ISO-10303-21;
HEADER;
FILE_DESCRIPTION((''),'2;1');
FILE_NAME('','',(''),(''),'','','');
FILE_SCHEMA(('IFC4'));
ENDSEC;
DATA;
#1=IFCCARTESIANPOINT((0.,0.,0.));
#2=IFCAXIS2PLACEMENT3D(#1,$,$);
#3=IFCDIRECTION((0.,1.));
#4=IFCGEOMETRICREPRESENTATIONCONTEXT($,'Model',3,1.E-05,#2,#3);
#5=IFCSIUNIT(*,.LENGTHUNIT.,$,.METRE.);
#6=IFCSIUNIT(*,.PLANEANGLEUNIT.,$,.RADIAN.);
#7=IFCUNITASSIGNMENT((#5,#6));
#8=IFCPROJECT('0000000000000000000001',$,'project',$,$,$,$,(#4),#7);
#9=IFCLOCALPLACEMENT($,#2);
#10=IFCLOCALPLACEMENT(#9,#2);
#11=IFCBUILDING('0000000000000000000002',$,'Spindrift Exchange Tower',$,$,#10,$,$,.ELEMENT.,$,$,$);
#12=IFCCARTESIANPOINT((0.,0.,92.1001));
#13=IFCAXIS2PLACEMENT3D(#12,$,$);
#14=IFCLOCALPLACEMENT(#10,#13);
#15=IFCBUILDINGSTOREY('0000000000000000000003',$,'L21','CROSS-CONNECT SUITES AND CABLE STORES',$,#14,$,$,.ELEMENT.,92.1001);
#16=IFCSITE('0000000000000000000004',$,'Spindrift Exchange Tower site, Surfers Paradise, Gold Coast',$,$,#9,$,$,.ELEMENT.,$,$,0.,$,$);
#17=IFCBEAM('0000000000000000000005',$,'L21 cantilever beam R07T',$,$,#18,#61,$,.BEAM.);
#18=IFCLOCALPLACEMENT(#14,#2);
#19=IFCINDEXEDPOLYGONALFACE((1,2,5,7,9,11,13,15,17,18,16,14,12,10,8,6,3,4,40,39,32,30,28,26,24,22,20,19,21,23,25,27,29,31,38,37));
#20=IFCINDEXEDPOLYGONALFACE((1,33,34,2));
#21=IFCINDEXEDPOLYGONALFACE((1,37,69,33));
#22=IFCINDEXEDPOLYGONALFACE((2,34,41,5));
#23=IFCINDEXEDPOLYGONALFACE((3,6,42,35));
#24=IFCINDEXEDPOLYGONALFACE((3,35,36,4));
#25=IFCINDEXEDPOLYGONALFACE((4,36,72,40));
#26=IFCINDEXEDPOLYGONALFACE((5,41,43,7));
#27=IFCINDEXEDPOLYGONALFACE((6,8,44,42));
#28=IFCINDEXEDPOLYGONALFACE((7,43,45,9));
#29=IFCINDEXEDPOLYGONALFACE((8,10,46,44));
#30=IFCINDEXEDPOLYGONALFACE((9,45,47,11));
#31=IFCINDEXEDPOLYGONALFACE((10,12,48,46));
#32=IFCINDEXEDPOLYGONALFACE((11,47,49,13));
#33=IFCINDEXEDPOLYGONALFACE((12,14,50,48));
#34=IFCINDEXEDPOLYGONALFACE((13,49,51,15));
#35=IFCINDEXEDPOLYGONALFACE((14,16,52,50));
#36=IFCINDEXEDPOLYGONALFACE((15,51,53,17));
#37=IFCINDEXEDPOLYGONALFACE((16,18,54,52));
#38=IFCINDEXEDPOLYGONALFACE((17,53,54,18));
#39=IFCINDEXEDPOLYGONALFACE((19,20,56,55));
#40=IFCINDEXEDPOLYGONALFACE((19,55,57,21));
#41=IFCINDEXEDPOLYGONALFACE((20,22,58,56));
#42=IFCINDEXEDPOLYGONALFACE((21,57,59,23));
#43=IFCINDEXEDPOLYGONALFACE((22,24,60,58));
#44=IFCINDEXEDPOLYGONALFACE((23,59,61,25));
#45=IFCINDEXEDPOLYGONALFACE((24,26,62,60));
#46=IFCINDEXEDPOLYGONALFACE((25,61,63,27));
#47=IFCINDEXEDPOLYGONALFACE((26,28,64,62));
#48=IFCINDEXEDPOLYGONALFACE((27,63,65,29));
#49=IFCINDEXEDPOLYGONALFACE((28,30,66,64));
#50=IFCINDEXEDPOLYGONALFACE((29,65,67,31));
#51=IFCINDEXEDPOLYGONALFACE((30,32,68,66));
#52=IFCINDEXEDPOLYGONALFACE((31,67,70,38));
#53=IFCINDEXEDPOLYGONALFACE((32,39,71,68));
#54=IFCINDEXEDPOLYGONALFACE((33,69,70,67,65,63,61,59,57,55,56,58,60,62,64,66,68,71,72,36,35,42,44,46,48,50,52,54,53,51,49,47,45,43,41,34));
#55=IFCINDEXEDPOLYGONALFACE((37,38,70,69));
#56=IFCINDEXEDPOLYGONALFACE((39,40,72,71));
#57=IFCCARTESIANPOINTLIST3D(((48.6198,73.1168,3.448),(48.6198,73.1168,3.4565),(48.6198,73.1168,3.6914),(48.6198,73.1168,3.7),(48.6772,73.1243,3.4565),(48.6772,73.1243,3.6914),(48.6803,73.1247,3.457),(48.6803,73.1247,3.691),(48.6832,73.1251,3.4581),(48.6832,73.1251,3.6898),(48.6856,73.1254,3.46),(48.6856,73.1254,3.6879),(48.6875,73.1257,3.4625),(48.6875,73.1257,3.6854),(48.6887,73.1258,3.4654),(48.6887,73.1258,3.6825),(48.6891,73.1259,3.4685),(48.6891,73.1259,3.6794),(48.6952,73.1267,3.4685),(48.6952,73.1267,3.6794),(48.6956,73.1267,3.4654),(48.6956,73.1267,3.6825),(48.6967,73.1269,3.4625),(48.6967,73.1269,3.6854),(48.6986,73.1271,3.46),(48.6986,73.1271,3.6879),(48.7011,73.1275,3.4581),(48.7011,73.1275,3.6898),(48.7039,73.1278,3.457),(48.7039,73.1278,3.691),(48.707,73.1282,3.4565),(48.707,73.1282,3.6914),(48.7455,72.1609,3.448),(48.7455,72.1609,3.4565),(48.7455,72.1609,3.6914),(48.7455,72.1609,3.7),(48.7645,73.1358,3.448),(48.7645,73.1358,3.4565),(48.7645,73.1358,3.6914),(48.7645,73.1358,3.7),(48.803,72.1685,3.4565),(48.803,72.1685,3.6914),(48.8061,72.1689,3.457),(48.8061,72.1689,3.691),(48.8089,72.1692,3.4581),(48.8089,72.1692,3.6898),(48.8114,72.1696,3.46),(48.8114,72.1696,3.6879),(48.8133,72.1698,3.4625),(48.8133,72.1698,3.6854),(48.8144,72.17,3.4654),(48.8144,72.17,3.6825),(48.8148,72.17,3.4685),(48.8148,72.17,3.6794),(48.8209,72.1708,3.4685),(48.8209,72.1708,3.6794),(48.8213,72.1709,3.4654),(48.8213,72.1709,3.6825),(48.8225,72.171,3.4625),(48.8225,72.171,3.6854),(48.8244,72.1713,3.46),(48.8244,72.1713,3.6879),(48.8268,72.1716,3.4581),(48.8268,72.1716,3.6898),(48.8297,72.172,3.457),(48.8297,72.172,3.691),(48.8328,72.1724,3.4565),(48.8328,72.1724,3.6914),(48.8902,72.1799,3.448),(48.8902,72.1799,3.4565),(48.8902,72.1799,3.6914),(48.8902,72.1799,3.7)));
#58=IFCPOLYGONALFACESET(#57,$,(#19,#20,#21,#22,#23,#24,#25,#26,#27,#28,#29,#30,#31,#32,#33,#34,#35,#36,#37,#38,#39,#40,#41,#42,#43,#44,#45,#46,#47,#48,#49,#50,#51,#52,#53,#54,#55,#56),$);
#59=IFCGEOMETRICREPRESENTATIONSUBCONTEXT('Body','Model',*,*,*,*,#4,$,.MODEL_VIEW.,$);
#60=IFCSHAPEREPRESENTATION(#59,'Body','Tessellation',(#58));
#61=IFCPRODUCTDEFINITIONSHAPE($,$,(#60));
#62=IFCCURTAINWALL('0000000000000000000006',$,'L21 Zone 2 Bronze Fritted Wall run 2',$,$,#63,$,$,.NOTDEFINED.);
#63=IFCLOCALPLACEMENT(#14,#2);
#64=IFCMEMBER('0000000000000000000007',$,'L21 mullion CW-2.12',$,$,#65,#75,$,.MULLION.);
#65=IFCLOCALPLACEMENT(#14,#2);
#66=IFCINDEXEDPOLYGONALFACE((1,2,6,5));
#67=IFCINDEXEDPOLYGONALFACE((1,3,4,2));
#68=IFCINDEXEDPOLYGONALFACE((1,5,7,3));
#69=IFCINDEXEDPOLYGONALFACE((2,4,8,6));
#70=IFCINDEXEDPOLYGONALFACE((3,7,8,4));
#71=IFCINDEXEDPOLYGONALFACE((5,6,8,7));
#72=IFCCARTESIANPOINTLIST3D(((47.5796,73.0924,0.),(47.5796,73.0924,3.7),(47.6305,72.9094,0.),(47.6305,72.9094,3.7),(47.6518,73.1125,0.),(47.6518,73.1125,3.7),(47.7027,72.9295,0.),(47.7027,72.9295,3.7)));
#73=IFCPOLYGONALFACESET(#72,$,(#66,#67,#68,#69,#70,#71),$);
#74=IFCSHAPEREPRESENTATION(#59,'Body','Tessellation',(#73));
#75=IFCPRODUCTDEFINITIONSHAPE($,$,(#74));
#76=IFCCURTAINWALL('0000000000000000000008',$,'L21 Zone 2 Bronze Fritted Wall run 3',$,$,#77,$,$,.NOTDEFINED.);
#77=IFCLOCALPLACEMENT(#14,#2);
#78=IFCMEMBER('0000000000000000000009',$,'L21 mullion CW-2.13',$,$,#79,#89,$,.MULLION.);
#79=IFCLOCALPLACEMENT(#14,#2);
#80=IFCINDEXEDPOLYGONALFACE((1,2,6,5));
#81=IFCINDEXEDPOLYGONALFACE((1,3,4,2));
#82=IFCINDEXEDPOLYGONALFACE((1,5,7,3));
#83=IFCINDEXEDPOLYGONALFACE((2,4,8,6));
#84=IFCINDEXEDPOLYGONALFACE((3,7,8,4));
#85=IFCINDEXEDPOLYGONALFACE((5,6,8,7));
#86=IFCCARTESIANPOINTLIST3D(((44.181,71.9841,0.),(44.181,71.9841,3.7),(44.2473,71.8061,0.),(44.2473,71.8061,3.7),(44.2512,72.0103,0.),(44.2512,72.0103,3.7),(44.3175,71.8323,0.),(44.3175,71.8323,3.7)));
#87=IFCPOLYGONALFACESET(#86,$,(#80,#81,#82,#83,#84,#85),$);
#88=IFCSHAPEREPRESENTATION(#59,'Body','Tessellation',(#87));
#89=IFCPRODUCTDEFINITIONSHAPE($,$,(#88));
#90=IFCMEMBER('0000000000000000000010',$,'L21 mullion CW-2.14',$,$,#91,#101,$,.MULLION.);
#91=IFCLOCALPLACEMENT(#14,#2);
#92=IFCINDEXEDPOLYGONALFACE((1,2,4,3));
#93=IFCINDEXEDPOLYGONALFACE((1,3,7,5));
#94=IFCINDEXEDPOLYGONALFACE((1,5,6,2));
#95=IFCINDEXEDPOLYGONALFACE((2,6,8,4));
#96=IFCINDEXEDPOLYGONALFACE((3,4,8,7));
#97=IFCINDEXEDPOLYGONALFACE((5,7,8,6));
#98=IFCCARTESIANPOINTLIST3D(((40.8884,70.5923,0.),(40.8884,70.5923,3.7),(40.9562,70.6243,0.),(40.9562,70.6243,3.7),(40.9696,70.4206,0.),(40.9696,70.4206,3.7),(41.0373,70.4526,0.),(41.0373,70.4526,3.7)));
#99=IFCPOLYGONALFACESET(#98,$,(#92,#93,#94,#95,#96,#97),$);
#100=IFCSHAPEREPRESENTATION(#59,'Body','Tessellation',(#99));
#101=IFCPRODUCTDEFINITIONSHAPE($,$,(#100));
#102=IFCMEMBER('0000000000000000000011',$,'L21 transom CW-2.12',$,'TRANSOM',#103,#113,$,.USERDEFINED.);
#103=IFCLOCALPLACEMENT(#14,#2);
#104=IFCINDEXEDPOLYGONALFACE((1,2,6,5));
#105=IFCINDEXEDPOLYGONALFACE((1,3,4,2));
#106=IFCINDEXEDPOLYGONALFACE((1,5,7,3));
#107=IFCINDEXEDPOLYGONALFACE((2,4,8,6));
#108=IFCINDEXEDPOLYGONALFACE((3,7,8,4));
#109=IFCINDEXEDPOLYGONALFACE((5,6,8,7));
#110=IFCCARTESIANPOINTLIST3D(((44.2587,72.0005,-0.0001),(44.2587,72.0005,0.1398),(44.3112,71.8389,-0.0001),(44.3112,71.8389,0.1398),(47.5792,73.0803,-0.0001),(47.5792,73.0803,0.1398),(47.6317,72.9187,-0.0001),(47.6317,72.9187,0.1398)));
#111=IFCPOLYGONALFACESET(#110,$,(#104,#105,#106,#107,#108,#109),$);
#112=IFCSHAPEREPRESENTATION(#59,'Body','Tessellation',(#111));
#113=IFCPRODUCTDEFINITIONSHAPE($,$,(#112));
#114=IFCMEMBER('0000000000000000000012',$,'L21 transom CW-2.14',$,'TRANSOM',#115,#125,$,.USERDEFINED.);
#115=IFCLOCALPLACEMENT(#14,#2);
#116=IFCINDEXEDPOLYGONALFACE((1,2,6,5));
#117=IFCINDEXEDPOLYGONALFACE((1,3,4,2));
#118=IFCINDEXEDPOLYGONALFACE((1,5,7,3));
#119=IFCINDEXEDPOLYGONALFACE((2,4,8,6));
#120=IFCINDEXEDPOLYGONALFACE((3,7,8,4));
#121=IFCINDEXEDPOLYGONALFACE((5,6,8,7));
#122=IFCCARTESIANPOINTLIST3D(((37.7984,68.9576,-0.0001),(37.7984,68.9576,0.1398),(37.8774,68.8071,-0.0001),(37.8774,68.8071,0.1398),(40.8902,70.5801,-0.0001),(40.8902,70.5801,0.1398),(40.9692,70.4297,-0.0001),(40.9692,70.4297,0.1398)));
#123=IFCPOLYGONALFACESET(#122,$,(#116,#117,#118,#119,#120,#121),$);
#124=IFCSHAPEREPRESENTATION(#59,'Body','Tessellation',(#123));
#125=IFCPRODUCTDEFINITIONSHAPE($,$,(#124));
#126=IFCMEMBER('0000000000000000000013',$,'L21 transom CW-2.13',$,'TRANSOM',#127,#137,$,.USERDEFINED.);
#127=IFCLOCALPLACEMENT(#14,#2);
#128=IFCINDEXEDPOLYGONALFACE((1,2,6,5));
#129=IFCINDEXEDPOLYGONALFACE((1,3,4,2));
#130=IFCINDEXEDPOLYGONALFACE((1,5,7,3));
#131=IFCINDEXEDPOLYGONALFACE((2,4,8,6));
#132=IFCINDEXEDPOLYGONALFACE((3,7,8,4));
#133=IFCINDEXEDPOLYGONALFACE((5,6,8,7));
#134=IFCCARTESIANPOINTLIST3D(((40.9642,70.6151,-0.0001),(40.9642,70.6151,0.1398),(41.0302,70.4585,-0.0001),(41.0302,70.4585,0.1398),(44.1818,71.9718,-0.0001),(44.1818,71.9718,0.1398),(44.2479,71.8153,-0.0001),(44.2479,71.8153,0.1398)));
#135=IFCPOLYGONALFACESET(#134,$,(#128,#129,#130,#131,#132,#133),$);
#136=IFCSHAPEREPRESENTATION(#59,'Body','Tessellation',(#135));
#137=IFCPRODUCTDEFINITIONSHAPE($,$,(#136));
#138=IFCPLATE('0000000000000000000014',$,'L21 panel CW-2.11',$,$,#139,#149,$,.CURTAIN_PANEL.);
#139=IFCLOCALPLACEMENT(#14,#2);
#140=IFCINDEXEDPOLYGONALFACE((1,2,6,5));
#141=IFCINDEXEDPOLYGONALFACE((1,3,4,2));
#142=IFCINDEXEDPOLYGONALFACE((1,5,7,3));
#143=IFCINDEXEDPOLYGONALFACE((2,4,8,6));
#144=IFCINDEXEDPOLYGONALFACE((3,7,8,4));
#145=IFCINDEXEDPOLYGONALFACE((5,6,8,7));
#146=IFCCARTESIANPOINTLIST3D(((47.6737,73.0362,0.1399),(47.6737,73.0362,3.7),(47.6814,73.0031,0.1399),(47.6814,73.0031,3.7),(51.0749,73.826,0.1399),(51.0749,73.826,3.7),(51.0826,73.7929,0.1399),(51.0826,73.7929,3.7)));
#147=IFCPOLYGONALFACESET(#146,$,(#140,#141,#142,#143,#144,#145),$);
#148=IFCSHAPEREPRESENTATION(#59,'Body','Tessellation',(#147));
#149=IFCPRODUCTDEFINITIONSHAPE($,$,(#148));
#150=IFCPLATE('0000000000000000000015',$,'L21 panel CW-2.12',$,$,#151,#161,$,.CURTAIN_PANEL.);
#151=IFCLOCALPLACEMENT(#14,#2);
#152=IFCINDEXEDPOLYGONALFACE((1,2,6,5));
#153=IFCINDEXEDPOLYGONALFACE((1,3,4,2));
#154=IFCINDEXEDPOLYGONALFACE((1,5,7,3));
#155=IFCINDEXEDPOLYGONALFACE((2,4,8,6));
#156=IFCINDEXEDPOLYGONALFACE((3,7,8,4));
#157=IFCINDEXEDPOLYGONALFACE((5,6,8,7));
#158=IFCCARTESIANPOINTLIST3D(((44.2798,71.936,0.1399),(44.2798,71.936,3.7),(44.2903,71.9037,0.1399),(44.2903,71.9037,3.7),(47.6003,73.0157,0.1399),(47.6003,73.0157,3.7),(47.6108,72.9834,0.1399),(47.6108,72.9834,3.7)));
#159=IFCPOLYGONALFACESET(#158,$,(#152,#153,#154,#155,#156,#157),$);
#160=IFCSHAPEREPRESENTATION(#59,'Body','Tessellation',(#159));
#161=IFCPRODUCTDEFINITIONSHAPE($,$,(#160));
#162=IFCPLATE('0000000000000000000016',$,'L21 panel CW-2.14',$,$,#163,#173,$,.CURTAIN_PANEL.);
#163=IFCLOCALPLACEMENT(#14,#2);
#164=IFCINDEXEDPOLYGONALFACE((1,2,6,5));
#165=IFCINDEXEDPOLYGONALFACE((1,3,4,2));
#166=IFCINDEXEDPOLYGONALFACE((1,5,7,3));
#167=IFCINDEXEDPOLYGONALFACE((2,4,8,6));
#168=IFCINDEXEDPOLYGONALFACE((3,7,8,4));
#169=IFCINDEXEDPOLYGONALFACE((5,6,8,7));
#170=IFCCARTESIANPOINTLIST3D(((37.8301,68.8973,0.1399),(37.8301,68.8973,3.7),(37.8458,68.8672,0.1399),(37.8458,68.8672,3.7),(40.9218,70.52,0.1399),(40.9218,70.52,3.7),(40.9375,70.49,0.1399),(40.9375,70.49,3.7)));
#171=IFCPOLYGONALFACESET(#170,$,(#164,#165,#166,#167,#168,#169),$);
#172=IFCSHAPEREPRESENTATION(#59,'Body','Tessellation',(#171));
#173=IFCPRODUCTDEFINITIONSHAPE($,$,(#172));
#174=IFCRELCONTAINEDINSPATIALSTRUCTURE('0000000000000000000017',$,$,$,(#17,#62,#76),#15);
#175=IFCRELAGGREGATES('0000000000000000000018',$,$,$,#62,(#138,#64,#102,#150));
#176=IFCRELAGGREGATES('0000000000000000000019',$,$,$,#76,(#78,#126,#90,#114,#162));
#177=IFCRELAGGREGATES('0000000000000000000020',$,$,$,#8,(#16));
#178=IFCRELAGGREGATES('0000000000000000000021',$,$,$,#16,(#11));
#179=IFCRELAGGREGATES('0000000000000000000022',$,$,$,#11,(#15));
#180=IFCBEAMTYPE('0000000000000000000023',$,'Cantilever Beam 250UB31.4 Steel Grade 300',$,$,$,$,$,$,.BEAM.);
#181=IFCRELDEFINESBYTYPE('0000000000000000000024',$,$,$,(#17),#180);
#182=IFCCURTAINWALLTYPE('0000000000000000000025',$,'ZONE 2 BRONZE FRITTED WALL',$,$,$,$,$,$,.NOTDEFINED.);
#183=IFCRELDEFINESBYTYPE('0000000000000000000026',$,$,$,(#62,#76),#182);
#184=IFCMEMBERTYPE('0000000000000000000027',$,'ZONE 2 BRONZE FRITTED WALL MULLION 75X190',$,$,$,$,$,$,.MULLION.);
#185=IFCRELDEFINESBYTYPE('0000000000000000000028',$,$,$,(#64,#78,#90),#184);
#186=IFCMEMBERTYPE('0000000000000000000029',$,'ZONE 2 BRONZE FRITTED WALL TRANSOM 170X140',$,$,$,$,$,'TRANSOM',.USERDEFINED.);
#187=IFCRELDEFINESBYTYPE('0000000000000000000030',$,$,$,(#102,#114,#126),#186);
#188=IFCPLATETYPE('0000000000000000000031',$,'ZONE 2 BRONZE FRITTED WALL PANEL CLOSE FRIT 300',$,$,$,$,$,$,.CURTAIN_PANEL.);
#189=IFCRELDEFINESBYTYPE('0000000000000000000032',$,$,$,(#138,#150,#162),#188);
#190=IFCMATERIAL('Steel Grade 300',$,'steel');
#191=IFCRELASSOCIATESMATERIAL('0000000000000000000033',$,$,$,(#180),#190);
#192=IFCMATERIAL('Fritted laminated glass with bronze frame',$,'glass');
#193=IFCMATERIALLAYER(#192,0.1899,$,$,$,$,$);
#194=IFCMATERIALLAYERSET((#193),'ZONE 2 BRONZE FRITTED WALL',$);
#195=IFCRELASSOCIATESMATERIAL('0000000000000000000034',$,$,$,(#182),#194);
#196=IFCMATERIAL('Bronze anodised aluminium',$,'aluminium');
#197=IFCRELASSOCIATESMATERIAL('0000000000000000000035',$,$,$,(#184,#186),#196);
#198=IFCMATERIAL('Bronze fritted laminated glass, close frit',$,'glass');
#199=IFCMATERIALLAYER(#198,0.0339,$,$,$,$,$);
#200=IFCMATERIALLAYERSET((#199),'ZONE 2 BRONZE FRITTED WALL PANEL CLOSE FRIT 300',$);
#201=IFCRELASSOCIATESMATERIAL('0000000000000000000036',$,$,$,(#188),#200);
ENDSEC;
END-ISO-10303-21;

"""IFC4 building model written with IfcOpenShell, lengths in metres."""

from ifc_helpers import new_model, si_unit, direction, frame, origin, origin_2d, place, context, subcontext, project, spatial, rectangle, i_section, extrude, source, transform, mapped, material, layer, layer_set, material_profile, profile_set, type_object, element, aggregate, save


model = new_model("IFC4")

# Units and contexts
model_context = context("Model", 3, precision=1e-05, world=origin(), true_north=direction((0.0, 1.0)))
body_context = subcontext(model_context, "Body", "Model", "MODEL_VIEW")
ifc_project = project(units=[si_unit("LENGTHUNIT", "METRE"), si_unit("PLANEANGLEUNIT", "RADIAN")], contexts=[model_context])

# Site, building, storey
site_placement = place(None, origin())
site = spatial("IfcSite", under=ifc_project, at=site_placement, Name="Spindrift Exchange Tower site, Surfers Paradise, Gold Coast", CompositionType="ELEMENT", RefElevation=0.0)
building_placement = place(site_placement, origin())
building = spatial("IfcBuilding", under=site, at=building_placement, Name="Spindrift Exchange Tower", CompositionType="ELEMENT")
storey_placement = place(building_placement, frame((0.0, 0.0, 92.1001)))
storey = spatial("IfcBuildingStorey", under=building, at=storey_placement, Name="L21", Description="CROSS-CONNECT SUITES AND CABLE STORES", CompositionType="ELEMENT", Elevation=92.1001)

# Beam
ifc_material_1 = material(Name="Steel Grade 300", Category="steel")
ifc_material_profile_1 = material_profile(ifc_material_1, i_section(OverallWidth=0.146, OverallDepth=0.252, WebThickness=0.0061, FlangeThickness=0.0085, FilletRadius=0.012, at=origin_2d()), Name="250UB31.4")
ifc_profile_set_1 = profile_set([ifc_material_profile_1], Name="Steel Grade 300")
beam_type_1 = type_object("IfcBeamType", Name="Cantilever Beam 250UB31.4 Steel Grade 300", PredefinedType="BEAM", material=ifc_profile_set_1)
shared_shape_1 = source(origin(), body_context, "Body", "SweptSolid", [
    extrude(i_section(OverallWidth=0.146, OverallDepth=0.252, WebThickness=0.0061, FlangeThickness=0.0085, FilletRadius=0.012, at=origin_2d()), origin(), (0.0, 0.0, 1.0), 0.9641),
])
beam_1_placement = place(storey_placement, frame((48.8179, 72.1704, 3.574), z_axis=(-0.130422, 0.991459, 0.0), x_axis=(-0.991459, -0.130422, 0.0)))
element("IfcBeam", 1, at=beam_1_placement, inside=storey, type_object=beam_type_1, Name="L21 cantilever beam R07T", PredefinedType="BEAM", context=body_context, shape_type="MappedRepresentation", body=[
    mapped(shared_shape_1, transform((0.0, 0.0, 0.0), scale=1.0)),
])

# Curtain wall, member
ifc_material_2 = material(Name="Fritted laminated glass with bronze frame", Category="glass")
ifc_layer_1 = layer(ifc_material_2, 0.1899)
ifc_layer_set_1 = layer_set([ifc_layer_1], Name="ZONE 2 BRONZE FRITTED WALL")
curtain_wall_type = type_object("IfcCurtainWallType", Name="ZONE 2 BRONZE FRITTED WALL", PredefinedType="NOTDEFINED", material=ifc_layer_set_1)
curtain_wall_1_placement = place(storey_placement, origin())
curtain_wall_1 = element("IfcCurtainWall", 2, at=curtain_wall_1_placement, inside=storey, type_object=curtain_wall_type, Name="L21 Zone 2 Bronze Fritted Wall run 2", PredefinedType="NOTDEFINED")
ifc_material_3 = material(Name="Bronze anodised aluminium", Category="aluminium")
ifc_material_profile_2 = material_profile(ifc_material_3, rectangle(XDim=0.075, YDim=0.1899, at=origin_2d()), Name="ZONE 2 BRONZE FRITTED WALL MULLION 75X190")
ifc_profile_set_2 = profile_set([ifc_material_profile_2], Name="Bronze anodised aluminium")
member_type_1 = type_object("IfcMemberType", Name="ZONE 2 BRONZE FRITTED WALL MULLION 75X190", PredefinedType="MULLION", material=ifc_profile_set_2)
shared_shape_2 = source(origin(), body_context, "Body", "SweptSolid", [
    extrude(rectangle(XDim=0.075, YDim=0.1899, at=origin_2d()), origin(), (0.0, 0.0, 1.0), 3.7),
])
member_1_placement = place(storey_placement, frame((47.6411, 73.011, 0.0), z_axis=(0.0, 0.0, 1.0), x_axis=(-0.963428, -0.267967, 0.0)))
member_1 = element("IfcMember", 3, at=member_1_placement, type_object=member_type_1, Name="L21 mullion CW-2.12", PredefinedType="MULLION", context=body_context, shape_type="MappedRepresentation", body=[
    mapped(shared_shape_2, transform((0.0, 0.0, 0.0), scale=1.0)),
])

# Curtain wall, members
curtain_wall_2_placement = place(storey_placement, origin())
curtain_wall_2 = element("IfcCurtainWall", 4, at=curtain_wall_2_placement, inside=storey, type_object=curtain_wall_type, Name="L21 Zone 2 Bronze Fritted Wall run 3", PredefinedType="NOTDEFINED")
member_2_placement = place(storey_placement, frame((44.2493, 71.9082, 0.0), z_axis=(0.0, 0.0, 1.0), x_axis=(-0.93705, -0.349195, 0.0)))
member_2 = element("IfcMember", 5, at=member_2_placement, type_object=member_type_1, Name="L21 mullion CW-2.13", PredefinedType="MULLION", context=body_context, shape_type="MappedRepresentation", body=[
    mapped(shared_shape_2, transform((0.0, 0.0, 0.0), scale=1.0)),
])
member_3_placement = place(storey_placement, frame((40.9629, 70.5225, 0.0), z_axis=(0.0, 0.0, 1.0), x_axis=(-0.904242, -0.42702, 0.0)))
member_3 = element("IfcMember", 6, at=member_3_placement, type_object=member_type_1, Name="L21 mullion CW-2.14", PredefinedType="MULLION", context=body_context, shape_type="MappedRepresentation", body=[
    mapped(shared_shape_2, transform((0.0, 0.0, 0.0), scale=1.0)),
])

# Members
ifc_material_profile_3 = material_profile(ifc_material_3, rectangle(XDim=0.1699, YDim=0.1399, at=origin_2d()), Name="ZONE 2 BRONZE FRITTED WALL TRANSOM 170X140")
ifc_profile_set_3 = profile_set([ifc_material_profile_3], Name="Bronze anodised aluminium")
member_type_2 = type_object("IfcMemberType", Name="ZONE 2 BRONZE FRITTED WALL TRANSOM 170X140", ElementType="TRANSOM", PredefinedType="USERDEFINED", material=ifc_profile_set_3)
shared_shape_3 = source(origin(), body_context, "Body", "SweptSolid", [
    extrude(rectangle(XDim=0.1699, YDim=0.1399, at=origin_2d()), origin(), (0.0, 0.0, 1.0), 3.4917),
])
member_4_placement = place(storey_placement, frame((47.6055, 72.9995, 0.0698), z_axis=(-0.950979, -0.309255, 0.0), x_axis=(0.309255, -0.950979, 0.0)))
member_4 = element("IfcMember", 7, at=member_4_placement, type_object=member_type_2, Name="L21 transom CW-2.12", ObjectType="TRANSOM", PredefinedType="USERDEFINED", context=body_context, shape_type="MappedRepresentation", body=[
    mapped(shared_shape_3, transform((0.0, 0.0, 0.0), scale=1.0)),
])
member_5_placement = place(storey_placement, frame((40.9297, 70.5049, 0.0698), z_axis=(-0.885473, -0.464691, 0.0), x_axis=(0.464691, -0.885473, 0.0)))
member_5 = element("IfcMember", 8, at=member_5_placement, type_object=member_type_2, Name="L21 transom CW-2.14", ObjectType="TRANSOM", PredefinedType="USERDEFINED", context=body_context, shape_type="MappedRepresentation", body=[
    mapped(shared_shape_3, transform((0.0, 0.0, 0.0), scale=1.0)),
])
shared_shape_4 = source(origin(), body_context, "Body", "SweptSolid", [
    extrude(rectangle(XDim=0.1699, YDim=0.1399, at=origin_2d()), origin(), (0.0, 0.0, 1.0), 3.4919),
])
member_6_placement = place(storey_placement, frame((44.2148, 71.8936, 0.0698), z_axis=(-0.921437, -0.388529, 0.0), x_axis=(0.388529, -0.921437, 0.0)))
member_6 = element("IfcMember", 9, at=member_6_placement, type_object=member_type_2, Name="L21 transom CW-2.13", ObjectType="TRANSOM", PredefinedType="USERDEFINED", context=body_context, shape_type="MappedRepresentation", body=[
    mapped(shared_shape_4, transform((0.0, 0.0, 0.0), scale=1.0)),
])

# Plates
ifc_material_4 = material(Name="Bronze fritted laminated glass, close frit", Category="glass")
ifc_layer_2 = layer(ifc_material_4, 0.0339)
ifc_layer_set_2 = layer_set([ifc_layer_2], Name="ZONE 2 BRONZE FRITTED WALL PANEL CLOSE FRIT 300")
plate_type_1 = type_object("IfcPlateType", Name="ZONE 2 BRONZE FRITTED WALL PANEL CLOSE FRIT 300", PredefinedType="CURTAIN_PANEL", material=ifc_layer_set_2)
shared_shape_5 = source(origin(), body_context, "Body", "SweptSolid", [
    extrude(rectangle(XDim=3.4917, YDim=0.0339, at=origin_2d()), origin(), (0.0, 0.0, 1.0), 3.5601),
])
plate_1_placement = place(storey_placement, frame((49.3782, 73.4146, 0.1399), z_axis=(0.0, 0.0, 1.0), x_axis=(-0.97408, -0.226206, 0.0)))
plate_1 = element("IfcPlate", 10, at=plate_1_placement, type_object=plate_type_1, Name="L21 panel CW-2.11", PredefinedType="CURTAIN_PANEL", context=body_context, shape_type="MappedRepresentation", body=[
    mapped(shared_shape_5, transform((0.0, 0.0, 0.0), scale=1.0)),
])
plate_2_placement = place(storey_placement, frame((45.9453, 72.4597, 0.1399), z_axis=(0.0, 0.0, 1.0), x_axis=(-0.950987, -0.309229, 0.0)))
plate_2 = element("IfcPlate", 11, at=plate_2_placement, type_object=plate_type_1, Name="L21 panel CW-2.12", PredefinedType="CURTAIN_PANEL", context=body_context, shape_type="MappedRepresentation", body=[
    mapped(shared_shape_5, transform((0.0, 0.0, 0.0), scale=1.0)),
])
aggregate(curtain_wall_1, [plate_1, member_1, member_4, plate_2])
plate_3_placement = place(storey_placement, frame((39.3838, 69.6936, 0.1399), z_axis=(0.0, 0.0, 1.0), x_axis=(-0.885445, -0.464745, 0.0)))
plate_3 = element("IfcPlate", 12, at=plate_3_placement, type_object=plate_type_1, Name="L21 panel CW-2.14", PredefinedType="CURTAIN_PANEL", context=body_context, shape_type="MappedRepresentation", body=[
    mapped(shared_shape_5, transform((0.0, 0.0, 0.0), scale=1.0)),
])
aggregate(curtain_wall_2, [member_2, member_6, member_3, member_5, plate_3])

save(model, "model.ifc")
